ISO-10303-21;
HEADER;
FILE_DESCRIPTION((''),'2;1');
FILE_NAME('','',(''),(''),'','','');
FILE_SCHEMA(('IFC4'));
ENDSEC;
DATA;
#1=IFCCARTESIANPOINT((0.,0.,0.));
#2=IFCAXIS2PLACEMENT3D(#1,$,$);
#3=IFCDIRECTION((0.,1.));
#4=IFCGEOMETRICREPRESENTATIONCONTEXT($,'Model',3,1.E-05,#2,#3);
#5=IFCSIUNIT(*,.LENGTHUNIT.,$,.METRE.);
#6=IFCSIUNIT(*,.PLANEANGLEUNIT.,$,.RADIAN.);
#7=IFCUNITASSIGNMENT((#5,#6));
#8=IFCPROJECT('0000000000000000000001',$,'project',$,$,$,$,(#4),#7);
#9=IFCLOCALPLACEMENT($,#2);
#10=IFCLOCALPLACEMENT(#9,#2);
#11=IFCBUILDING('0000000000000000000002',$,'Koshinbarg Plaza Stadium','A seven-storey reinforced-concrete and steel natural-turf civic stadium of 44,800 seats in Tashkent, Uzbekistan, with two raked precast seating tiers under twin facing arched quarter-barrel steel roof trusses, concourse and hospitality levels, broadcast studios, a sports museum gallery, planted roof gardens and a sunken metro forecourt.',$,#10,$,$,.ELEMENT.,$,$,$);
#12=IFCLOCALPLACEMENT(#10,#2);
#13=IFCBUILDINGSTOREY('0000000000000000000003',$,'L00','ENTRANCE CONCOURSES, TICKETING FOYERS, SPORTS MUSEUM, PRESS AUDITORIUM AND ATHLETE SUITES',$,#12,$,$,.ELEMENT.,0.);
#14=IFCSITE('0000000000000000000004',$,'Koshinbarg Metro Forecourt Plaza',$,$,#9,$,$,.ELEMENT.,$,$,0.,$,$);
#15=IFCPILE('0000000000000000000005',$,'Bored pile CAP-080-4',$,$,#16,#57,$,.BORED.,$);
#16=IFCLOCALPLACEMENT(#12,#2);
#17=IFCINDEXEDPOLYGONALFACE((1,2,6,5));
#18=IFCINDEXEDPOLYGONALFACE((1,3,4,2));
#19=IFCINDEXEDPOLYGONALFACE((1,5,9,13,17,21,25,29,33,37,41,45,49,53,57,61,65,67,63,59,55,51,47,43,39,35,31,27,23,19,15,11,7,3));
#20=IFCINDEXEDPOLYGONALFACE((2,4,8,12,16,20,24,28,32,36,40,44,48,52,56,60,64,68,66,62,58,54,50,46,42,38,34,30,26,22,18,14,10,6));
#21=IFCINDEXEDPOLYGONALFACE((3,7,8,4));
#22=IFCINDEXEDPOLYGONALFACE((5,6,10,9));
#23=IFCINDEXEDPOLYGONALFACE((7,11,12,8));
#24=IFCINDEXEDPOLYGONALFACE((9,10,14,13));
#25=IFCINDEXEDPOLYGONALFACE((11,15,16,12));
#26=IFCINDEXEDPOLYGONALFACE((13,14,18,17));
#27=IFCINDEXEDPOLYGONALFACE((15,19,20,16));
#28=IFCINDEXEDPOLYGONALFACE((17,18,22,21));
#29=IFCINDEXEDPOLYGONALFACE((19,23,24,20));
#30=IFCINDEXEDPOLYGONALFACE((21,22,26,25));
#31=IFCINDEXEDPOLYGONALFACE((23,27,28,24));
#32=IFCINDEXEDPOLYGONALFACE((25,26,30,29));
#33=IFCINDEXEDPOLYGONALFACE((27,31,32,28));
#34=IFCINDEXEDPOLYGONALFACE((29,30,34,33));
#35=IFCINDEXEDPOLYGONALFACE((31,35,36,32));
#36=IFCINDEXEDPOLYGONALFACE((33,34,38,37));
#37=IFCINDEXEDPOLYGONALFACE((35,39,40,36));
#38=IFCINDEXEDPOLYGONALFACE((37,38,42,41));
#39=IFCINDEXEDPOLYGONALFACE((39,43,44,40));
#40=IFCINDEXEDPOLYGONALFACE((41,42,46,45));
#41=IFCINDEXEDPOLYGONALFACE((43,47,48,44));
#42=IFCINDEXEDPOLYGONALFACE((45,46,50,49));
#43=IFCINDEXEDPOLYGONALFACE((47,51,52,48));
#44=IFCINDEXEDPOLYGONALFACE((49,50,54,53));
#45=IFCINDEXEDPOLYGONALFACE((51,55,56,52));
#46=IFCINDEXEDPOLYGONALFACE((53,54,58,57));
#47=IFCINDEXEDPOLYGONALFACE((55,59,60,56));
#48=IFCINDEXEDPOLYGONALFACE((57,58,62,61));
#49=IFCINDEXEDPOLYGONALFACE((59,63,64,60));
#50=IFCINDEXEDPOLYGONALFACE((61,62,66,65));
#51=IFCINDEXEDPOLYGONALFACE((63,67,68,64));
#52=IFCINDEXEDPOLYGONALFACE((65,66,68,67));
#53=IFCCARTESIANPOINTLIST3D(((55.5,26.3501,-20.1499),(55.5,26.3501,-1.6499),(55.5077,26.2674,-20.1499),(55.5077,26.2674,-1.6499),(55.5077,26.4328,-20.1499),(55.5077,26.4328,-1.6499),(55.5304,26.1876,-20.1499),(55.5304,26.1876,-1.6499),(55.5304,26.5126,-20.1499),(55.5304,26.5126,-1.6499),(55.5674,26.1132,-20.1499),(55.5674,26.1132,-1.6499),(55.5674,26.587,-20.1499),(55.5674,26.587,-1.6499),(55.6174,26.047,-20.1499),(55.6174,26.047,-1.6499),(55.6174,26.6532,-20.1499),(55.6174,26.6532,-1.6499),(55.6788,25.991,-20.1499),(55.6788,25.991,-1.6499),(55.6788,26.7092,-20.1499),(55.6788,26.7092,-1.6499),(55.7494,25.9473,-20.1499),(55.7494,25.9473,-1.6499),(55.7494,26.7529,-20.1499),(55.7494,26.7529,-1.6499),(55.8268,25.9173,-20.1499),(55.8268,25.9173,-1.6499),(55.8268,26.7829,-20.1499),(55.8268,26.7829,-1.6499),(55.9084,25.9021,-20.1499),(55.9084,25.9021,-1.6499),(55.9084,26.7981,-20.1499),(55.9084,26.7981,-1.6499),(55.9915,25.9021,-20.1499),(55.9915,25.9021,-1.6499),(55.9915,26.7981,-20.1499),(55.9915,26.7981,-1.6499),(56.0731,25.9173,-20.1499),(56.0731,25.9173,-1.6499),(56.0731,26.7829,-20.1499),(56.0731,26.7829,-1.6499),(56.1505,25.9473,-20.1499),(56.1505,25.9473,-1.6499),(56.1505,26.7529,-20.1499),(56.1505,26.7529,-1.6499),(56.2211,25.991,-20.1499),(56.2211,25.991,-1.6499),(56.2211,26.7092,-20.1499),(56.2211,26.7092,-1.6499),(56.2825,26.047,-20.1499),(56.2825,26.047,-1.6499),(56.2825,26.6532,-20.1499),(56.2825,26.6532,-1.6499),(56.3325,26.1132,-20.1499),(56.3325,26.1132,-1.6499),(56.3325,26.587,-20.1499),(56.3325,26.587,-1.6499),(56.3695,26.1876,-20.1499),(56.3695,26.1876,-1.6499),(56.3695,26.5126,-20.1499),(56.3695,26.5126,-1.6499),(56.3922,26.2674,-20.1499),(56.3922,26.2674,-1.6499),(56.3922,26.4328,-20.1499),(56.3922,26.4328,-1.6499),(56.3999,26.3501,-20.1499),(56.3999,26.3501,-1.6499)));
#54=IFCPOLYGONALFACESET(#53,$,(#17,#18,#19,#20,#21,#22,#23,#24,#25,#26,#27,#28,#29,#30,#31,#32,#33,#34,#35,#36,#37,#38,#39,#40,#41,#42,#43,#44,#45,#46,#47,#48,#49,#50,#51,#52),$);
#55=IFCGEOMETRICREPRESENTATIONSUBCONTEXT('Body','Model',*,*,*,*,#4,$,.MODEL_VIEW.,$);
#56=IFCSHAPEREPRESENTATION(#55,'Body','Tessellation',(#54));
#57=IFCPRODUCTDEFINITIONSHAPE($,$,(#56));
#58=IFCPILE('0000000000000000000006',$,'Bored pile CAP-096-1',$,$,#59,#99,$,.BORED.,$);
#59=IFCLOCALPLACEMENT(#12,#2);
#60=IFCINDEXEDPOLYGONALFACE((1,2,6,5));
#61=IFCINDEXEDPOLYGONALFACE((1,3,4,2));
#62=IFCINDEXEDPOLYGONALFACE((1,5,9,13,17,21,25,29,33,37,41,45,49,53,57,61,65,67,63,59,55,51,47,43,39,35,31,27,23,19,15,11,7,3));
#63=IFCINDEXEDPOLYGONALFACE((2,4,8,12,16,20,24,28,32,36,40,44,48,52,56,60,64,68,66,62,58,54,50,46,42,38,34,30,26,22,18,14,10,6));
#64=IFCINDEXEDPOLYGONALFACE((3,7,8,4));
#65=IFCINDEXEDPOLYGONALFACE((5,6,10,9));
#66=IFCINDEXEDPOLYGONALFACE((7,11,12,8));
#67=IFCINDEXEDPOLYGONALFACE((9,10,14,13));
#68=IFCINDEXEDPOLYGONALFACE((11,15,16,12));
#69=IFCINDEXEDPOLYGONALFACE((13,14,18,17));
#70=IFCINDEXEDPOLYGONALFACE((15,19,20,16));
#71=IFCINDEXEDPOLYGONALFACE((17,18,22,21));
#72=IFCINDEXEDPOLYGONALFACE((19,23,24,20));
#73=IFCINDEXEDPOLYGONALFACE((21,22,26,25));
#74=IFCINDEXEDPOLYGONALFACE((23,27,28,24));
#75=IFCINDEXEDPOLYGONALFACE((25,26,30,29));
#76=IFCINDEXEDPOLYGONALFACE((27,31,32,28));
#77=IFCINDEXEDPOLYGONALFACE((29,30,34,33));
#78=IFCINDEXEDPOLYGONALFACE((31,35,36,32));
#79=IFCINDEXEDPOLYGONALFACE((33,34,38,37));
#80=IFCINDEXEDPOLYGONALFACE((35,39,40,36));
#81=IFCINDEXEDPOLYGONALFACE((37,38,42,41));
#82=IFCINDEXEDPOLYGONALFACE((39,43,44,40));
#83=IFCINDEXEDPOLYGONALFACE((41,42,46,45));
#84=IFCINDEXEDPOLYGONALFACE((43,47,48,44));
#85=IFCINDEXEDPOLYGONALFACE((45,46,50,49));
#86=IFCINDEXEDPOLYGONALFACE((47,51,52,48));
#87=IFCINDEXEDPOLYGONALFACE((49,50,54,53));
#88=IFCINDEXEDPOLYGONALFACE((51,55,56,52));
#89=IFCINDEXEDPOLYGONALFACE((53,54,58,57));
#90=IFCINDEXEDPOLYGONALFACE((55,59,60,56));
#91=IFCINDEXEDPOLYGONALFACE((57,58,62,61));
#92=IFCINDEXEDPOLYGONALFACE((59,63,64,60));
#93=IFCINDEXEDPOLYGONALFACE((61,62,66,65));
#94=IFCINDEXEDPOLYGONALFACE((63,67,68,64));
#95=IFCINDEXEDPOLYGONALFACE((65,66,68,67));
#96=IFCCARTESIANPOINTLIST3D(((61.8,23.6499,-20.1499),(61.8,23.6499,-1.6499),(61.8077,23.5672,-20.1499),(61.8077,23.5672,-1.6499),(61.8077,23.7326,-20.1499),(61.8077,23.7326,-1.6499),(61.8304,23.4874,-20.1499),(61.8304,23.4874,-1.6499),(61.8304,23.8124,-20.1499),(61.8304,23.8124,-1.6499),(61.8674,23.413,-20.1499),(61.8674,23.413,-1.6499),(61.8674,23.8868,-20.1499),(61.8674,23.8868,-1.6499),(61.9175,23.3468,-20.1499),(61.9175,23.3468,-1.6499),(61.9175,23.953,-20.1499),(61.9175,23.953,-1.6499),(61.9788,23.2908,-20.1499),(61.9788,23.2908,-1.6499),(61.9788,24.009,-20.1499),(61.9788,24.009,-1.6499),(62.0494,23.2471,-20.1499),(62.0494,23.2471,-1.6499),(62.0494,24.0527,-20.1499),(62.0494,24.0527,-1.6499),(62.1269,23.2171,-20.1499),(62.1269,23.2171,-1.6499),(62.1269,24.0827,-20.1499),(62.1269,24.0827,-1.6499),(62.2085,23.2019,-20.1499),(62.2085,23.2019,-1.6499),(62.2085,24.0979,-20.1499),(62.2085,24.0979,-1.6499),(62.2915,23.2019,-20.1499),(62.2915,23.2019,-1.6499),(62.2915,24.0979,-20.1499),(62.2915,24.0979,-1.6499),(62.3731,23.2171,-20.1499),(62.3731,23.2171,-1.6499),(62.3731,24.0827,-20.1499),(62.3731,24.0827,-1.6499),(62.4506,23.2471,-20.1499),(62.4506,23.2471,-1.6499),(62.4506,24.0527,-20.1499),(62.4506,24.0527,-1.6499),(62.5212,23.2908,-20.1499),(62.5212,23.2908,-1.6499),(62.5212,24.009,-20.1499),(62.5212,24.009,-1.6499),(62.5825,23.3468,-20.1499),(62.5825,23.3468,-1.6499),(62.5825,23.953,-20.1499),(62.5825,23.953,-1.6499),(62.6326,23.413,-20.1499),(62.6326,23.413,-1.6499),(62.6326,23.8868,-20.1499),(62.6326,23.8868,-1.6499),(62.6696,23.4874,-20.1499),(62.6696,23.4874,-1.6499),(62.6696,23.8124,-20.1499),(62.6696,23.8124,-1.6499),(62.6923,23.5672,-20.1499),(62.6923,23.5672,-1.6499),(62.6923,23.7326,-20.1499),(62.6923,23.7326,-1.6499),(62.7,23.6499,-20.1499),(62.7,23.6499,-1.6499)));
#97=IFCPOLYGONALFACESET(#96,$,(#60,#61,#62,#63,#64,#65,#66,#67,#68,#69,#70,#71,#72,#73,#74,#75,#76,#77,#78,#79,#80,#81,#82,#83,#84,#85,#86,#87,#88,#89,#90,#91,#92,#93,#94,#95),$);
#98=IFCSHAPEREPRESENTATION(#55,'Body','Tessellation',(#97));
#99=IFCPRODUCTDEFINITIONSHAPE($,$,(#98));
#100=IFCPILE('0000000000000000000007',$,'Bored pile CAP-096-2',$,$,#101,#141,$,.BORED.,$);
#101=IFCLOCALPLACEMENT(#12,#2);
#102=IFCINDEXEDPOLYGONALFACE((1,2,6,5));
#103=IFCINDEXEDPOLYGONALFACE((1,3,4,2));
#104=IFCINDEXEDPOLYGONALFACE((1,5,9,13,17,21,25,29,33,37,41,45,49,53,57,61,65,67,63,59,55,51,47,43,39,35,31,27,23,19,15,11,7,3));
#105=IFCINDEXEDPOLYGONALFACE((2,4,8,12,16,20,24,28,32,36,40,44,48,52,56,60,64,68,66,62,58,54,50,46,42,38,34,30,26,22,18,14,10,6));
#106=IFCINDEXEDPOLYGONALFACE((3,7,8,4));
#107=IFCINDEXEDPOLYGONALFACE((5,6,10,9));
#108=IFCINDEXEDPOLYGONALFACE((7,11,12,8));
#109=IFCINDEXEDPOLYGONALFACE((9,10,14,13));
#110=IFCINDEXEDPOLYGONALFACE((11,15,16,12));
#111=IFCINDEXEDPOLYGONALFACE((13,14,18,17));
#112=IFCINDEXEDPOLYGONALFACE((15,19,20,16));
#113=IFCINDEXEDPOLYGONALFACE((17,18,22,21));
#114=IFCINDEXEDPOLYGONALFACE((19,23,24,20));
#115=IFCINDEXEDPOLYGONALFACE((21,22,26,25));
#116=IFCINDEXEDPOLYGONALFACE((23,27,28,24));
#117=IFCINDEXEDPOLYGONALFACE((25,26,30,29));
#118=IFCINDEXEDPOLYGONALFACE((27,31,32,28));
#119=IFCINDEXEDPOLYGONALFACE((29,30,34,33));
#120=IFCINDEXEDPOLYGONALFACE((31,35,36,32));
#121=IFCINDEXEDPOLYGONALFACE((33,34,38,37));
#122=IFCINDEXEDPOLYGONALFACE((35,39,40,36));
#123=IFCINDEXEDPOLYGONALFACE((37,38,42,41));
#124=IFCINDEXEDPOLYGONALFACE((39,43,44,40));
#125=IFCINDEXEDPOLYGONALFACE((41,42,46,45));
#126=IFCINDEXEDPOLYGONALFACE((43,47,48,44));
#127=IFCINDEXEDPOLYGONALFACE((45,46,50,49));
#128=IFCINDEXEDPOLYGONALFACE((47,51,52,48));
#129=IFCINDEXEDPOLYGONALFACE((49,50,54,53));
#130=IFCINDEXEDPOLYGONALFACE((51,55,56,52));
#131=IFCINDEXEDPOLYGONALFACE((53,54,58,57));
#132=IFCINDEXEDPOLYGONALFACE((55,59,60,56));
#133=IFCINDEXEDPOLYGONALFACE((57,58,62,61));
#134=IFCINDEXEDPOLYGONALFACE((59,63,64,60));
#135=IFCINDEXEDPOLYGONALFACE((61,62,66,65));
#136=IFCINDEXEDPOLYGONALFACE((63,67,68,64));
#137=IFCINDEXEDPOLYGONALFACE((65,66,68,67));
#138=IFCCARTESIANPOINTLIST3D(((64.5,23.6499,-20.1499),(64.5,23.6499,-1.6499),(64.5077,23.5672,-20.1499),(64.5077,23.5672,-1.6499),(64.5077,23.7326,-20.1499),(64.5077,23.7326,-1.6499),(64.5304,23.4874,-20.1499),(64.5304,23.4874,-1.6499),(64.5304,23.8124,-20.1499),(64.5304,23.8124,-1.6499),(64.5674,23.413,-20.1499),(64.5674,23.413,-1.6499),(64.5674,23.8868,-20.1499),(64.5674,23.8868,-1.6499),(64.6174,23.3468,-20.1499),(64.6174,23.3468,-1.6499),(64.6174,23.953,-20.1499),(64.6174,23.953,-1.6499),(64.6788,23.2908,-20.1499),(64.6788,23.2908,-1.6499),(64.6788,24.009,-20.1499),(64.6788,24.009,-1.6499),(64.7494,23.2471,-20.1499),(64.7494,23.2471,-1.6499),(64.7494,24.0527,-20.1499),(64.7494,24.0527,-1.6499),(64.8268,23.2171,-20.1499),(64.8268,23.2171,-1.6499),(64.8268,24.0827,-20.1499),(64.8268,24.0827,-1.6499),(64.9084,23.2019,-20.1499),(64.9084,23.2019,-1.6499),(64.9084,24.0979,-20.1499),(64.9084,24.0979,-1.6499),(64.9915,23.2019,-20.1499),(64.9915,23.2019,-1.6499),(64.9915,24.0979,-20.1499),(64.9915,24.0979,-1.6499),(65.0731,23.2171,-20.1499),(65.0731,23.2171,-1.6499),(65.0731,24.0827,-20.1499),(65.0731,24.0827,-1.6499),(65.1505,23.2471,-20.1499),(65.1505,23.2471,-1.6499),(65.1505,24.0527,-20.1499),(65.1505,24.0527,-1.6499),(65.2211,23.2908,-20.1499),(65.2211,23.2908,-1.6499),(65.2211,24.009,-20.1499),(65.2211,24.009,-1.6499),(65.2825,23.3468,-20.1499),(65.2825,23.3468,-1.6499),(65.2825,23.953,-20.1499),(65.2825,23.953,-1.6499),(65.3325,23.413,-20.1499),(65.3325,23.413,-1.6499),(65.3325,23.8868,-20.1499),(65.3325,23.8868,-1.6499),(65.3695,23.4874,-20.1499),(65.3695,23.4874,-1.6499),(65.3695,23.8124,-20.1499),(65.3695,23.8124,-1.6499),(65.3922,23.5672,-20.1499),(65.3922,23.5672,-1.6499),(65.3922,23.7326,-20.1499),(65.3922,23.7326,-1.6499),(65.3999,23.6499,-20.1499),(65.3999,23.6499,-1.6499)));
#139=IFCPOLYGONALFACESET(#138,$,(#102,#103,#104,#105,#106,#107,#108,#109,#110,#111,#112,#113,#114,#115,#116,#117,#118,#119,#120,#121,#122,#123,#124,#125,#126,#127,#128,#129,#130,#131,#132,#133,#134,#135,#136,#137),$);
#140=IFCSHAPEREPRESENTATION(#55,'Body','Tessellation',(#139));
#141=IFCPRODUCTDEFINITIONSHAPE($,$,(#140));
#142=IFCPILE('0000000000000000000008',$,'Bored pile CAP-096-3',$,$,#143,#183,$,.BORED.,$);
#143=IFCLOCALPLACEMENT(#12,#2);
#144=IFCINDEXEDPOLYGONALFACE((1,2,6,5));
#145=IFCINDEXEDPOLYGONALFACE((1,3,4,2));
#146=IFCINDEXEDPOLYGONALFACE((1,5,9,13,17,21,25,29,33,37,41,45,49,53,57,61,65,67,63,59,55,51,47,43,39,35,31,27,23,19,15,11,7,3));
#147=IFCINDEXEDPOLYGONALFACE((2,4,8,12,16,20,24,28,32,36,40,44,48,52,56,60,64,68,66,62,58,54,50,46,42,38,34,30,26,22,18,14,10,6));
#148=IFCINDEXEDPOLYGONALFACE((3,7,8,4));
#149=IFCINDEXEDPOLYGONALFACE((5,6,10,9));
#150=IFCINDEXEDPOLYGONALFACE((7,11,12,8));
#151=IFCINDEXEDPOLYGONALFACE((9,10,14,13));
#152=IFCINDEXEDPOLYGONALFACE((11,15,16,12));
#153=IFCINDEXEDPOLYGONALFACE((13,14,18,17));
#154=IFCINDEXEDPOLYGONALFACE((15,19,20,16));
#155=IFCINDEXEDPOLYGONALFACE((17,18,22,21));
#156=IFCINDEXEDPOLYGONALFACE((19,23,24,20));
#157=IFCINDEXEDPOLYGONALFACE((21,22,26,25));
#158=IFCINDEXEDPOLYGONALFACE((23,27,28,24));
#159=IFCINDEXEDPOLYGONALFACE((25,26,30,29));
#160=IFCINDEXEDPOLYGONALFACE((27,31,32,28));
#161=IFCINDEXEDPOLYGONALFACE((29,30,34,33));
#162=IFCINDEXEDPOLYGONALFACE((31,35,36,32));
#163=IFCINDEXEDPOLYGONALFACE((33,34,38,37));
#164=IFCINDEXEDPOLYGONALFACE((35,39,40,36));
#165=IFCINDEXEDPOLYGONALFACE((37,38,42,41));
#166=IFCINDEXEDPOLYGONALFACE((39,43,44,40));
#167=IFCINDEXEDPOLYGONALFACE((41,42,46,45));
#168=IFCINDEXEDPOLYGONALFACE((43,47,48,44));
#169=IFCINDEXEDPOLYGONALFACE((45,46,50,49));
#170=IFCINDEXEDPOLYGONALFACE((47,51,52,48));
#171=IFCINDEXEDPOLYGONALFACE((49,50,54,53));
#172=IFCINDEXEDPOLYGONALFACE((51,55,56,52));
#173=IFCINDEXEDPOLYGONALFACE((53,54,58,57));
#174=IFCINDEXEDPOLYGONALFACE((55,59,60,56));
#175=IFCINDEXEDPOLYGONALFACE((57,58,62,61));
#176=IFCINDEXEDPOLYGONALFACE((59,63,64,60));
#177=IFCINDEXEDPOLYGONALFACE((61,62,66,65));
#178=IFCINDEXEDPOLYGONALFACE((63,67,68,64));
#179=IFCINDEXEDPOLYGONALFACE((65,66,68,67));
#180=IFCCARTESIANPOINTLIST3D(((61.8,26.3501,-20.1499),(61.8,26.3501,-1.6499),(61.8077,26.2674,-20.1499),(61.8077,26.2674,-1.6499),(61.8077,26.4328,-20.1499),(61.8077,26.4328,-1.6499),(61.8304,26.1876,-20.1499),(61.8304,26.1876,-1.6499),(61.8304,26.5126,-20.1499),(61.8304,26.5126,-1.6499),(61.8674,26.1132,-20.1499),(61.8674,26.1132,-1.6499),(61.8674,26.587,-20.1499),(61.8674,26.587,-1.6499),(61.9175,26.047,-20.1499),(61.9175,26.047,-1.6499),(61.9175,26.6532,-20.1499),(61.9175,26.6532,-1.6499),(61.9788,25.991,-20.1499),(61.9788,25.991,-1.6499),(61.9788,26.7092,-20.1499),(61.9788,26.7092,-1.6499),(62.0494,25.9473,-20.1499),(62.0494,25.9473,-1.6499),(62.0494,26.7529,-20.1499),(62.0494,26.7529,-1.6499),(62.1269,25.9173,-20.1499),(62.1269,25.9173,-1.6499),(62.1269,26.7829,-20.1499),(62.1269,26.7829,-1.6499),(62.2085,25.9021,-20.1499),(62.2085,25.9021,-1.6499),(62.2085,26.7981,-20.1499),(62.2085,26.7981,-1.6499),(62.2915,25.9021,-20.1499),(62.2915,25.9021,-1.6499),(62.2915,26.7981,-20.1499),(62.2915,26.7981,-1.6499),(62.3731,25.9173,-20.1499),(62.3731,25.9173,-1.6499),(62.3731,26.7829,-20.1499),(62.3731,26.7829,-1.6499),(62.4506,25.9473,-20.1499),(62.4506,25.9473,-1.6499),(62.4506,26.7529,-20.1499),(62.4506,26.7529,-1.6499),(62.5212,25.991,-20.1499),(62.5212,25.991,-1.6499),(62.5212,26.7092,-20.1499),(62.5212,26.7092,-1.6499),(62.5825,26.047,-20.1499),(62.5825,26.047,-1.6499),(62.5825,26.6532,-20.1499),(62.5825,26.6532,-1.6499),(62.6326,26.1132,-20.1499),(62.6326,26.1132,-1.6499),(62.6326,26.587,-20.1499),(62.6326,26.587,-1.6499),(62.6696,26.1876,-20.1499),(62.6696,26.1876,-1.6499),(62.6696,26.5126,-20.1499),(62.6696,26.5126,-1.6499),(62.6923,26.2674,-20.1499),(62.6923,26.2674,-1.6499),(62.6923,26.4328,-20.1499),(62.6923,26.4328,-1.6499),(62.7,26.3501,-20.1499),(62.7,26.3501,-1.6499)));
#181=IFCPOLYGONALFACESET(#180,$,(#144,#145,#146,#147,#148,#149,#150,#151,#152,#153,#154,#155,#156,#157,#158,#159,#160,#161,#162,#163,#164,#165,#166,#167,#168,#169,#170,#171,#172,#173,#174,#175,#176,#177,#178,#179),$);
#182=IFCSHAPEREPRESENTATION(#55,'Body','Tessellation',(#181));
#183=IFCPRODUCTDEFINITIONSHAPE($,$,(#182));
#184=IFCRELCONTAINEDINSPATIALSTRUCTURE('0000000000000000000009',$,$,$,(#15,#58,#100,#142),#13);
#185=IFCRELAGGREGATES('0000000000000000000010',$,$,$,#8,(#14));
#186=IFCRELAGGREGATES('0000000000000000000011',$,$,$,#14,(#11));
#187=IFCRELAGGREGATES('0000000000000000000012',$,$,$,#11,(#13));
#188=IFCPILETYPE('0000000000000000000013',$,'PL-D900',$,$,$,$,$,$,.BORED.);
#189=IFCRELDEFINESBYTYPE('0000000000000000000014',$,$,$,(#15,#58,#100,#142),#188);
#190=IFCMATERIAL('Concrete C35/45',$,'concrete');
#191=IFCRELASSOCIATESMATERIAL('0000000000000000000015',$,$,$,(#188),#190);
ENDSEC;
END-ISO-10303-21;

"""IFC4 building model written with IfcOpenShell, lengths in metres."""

from ifc_helpers import new_model, si_unit, direction, frame, origin, origin_2d, place, context, subcontext, project, spatial, circle, extrude, material, material_profile, profile_set, type_object, element, save


model = new_model("IFC4")

# Units and contexts
model_context = context("Model", 3, precision=1e-05, world=origin(), true_north=direction((0.0, 1.0)))
body_context = subcontext(model_context, "Body", "Model", "MODEL_VIEW")
ifc_project = project(units=[si_unit("LENGTHUNIT", "METRE"), si_unit("PLANEANGLEUNIT", "RADIAN")], contexts=[model_context])

# Site, building, storey
site_placement = place(None, origin())
site = spatial("IfcSite", under=ifc_project, at=site_placement, Name="Koshinbarg Metro Forecourt Plaza", CompositionType="ELEMENT", RefElevation=0.0)
building_placement = place(site_placement, origin())
building = spatial("IfcBuilding", under=site, at=building_placement, Name="Koshinbarg Plaza Stadium", Description="A seven-storey reinforced-concrete and steel natural-turf civic stadium of 44,800 seats in Tashkent, Uzbekistan, with two raked precast seating tiers under twin facing arched quarter-barrel steel roof trusses, concourse and hospitality levels, broadcast studios, a sports museum gallery, planted roof gardens and a sunken metro forecourt.", CompositionType="ELEMENT")
storey_placement = place(building_placement, origin())
storey = spatial("IfcBuildingStorey", under=building, at=storey_placement, Name="L00", Description="ENTRANCE CONCOURSES, TICKETING FOYERS, SPORTS MUSEUM, PRESS AUDITORIUM AND ATHLETE SUITES", CompositionType="ELEMENT", Elevation=0.0)

# Shared definitions
ifc_material_1 = material(Name="Concrete C35/45", Category="concrete")

# Piles
ifc_material_profile_1 = material_profile(ifc_material_1, circle(Radius=0.45, at=origin_2d()), Name="PILE D900")
ifc_profile_set_1 = profile_set([ifc_material_profile_1], Name="Concrete C35/45")
pile_type_1 = type_object("IfcPileType", Name="PL-D900", PredefinedType="BORED", material=ifc_profile_set_1)
for number, where, z_axis, x_axis, name in (
    (1, (55.95, 26.3501, -1.6499), (0.0, 0.0, -1.0), (1.0, 0.0, 0.0), "Bored pile CAP-080-4"),
    (2, (62.25, 23.6499, -1.6499), (0.0, 0.0, -1.0), (1.0, 0.0, 0.0), "Bored pile CAP-096-1"),
    (3, (64.95, 23.6499, -1.6499), (0.0, 0.0, -1.0), (1.0, 0.0, 0.0), "Bored pile CAP-096-2"),
    (4, (62.25, 26.3501, -1.6499), (0.0, 0.0, -1.0), (1.0, 0.0, 0.0), "Bored pile CAP-096-3"),
):
    element("IfcPile", number, at=place(storey_placement, frame(where, z_axis=z_axis, x_axis=x_axis)), inside=storey, type_object=pile_type_1, Name=name, PredefinedType="BORED", context=body_context, shape_type="SweptSolid", body=[
        extrude(circle(Radius=0.45, at=origin_2d()), origin(), (0.0, 0.0, 1.0), 18.5),
    ])

save(model, "model.ifc")
